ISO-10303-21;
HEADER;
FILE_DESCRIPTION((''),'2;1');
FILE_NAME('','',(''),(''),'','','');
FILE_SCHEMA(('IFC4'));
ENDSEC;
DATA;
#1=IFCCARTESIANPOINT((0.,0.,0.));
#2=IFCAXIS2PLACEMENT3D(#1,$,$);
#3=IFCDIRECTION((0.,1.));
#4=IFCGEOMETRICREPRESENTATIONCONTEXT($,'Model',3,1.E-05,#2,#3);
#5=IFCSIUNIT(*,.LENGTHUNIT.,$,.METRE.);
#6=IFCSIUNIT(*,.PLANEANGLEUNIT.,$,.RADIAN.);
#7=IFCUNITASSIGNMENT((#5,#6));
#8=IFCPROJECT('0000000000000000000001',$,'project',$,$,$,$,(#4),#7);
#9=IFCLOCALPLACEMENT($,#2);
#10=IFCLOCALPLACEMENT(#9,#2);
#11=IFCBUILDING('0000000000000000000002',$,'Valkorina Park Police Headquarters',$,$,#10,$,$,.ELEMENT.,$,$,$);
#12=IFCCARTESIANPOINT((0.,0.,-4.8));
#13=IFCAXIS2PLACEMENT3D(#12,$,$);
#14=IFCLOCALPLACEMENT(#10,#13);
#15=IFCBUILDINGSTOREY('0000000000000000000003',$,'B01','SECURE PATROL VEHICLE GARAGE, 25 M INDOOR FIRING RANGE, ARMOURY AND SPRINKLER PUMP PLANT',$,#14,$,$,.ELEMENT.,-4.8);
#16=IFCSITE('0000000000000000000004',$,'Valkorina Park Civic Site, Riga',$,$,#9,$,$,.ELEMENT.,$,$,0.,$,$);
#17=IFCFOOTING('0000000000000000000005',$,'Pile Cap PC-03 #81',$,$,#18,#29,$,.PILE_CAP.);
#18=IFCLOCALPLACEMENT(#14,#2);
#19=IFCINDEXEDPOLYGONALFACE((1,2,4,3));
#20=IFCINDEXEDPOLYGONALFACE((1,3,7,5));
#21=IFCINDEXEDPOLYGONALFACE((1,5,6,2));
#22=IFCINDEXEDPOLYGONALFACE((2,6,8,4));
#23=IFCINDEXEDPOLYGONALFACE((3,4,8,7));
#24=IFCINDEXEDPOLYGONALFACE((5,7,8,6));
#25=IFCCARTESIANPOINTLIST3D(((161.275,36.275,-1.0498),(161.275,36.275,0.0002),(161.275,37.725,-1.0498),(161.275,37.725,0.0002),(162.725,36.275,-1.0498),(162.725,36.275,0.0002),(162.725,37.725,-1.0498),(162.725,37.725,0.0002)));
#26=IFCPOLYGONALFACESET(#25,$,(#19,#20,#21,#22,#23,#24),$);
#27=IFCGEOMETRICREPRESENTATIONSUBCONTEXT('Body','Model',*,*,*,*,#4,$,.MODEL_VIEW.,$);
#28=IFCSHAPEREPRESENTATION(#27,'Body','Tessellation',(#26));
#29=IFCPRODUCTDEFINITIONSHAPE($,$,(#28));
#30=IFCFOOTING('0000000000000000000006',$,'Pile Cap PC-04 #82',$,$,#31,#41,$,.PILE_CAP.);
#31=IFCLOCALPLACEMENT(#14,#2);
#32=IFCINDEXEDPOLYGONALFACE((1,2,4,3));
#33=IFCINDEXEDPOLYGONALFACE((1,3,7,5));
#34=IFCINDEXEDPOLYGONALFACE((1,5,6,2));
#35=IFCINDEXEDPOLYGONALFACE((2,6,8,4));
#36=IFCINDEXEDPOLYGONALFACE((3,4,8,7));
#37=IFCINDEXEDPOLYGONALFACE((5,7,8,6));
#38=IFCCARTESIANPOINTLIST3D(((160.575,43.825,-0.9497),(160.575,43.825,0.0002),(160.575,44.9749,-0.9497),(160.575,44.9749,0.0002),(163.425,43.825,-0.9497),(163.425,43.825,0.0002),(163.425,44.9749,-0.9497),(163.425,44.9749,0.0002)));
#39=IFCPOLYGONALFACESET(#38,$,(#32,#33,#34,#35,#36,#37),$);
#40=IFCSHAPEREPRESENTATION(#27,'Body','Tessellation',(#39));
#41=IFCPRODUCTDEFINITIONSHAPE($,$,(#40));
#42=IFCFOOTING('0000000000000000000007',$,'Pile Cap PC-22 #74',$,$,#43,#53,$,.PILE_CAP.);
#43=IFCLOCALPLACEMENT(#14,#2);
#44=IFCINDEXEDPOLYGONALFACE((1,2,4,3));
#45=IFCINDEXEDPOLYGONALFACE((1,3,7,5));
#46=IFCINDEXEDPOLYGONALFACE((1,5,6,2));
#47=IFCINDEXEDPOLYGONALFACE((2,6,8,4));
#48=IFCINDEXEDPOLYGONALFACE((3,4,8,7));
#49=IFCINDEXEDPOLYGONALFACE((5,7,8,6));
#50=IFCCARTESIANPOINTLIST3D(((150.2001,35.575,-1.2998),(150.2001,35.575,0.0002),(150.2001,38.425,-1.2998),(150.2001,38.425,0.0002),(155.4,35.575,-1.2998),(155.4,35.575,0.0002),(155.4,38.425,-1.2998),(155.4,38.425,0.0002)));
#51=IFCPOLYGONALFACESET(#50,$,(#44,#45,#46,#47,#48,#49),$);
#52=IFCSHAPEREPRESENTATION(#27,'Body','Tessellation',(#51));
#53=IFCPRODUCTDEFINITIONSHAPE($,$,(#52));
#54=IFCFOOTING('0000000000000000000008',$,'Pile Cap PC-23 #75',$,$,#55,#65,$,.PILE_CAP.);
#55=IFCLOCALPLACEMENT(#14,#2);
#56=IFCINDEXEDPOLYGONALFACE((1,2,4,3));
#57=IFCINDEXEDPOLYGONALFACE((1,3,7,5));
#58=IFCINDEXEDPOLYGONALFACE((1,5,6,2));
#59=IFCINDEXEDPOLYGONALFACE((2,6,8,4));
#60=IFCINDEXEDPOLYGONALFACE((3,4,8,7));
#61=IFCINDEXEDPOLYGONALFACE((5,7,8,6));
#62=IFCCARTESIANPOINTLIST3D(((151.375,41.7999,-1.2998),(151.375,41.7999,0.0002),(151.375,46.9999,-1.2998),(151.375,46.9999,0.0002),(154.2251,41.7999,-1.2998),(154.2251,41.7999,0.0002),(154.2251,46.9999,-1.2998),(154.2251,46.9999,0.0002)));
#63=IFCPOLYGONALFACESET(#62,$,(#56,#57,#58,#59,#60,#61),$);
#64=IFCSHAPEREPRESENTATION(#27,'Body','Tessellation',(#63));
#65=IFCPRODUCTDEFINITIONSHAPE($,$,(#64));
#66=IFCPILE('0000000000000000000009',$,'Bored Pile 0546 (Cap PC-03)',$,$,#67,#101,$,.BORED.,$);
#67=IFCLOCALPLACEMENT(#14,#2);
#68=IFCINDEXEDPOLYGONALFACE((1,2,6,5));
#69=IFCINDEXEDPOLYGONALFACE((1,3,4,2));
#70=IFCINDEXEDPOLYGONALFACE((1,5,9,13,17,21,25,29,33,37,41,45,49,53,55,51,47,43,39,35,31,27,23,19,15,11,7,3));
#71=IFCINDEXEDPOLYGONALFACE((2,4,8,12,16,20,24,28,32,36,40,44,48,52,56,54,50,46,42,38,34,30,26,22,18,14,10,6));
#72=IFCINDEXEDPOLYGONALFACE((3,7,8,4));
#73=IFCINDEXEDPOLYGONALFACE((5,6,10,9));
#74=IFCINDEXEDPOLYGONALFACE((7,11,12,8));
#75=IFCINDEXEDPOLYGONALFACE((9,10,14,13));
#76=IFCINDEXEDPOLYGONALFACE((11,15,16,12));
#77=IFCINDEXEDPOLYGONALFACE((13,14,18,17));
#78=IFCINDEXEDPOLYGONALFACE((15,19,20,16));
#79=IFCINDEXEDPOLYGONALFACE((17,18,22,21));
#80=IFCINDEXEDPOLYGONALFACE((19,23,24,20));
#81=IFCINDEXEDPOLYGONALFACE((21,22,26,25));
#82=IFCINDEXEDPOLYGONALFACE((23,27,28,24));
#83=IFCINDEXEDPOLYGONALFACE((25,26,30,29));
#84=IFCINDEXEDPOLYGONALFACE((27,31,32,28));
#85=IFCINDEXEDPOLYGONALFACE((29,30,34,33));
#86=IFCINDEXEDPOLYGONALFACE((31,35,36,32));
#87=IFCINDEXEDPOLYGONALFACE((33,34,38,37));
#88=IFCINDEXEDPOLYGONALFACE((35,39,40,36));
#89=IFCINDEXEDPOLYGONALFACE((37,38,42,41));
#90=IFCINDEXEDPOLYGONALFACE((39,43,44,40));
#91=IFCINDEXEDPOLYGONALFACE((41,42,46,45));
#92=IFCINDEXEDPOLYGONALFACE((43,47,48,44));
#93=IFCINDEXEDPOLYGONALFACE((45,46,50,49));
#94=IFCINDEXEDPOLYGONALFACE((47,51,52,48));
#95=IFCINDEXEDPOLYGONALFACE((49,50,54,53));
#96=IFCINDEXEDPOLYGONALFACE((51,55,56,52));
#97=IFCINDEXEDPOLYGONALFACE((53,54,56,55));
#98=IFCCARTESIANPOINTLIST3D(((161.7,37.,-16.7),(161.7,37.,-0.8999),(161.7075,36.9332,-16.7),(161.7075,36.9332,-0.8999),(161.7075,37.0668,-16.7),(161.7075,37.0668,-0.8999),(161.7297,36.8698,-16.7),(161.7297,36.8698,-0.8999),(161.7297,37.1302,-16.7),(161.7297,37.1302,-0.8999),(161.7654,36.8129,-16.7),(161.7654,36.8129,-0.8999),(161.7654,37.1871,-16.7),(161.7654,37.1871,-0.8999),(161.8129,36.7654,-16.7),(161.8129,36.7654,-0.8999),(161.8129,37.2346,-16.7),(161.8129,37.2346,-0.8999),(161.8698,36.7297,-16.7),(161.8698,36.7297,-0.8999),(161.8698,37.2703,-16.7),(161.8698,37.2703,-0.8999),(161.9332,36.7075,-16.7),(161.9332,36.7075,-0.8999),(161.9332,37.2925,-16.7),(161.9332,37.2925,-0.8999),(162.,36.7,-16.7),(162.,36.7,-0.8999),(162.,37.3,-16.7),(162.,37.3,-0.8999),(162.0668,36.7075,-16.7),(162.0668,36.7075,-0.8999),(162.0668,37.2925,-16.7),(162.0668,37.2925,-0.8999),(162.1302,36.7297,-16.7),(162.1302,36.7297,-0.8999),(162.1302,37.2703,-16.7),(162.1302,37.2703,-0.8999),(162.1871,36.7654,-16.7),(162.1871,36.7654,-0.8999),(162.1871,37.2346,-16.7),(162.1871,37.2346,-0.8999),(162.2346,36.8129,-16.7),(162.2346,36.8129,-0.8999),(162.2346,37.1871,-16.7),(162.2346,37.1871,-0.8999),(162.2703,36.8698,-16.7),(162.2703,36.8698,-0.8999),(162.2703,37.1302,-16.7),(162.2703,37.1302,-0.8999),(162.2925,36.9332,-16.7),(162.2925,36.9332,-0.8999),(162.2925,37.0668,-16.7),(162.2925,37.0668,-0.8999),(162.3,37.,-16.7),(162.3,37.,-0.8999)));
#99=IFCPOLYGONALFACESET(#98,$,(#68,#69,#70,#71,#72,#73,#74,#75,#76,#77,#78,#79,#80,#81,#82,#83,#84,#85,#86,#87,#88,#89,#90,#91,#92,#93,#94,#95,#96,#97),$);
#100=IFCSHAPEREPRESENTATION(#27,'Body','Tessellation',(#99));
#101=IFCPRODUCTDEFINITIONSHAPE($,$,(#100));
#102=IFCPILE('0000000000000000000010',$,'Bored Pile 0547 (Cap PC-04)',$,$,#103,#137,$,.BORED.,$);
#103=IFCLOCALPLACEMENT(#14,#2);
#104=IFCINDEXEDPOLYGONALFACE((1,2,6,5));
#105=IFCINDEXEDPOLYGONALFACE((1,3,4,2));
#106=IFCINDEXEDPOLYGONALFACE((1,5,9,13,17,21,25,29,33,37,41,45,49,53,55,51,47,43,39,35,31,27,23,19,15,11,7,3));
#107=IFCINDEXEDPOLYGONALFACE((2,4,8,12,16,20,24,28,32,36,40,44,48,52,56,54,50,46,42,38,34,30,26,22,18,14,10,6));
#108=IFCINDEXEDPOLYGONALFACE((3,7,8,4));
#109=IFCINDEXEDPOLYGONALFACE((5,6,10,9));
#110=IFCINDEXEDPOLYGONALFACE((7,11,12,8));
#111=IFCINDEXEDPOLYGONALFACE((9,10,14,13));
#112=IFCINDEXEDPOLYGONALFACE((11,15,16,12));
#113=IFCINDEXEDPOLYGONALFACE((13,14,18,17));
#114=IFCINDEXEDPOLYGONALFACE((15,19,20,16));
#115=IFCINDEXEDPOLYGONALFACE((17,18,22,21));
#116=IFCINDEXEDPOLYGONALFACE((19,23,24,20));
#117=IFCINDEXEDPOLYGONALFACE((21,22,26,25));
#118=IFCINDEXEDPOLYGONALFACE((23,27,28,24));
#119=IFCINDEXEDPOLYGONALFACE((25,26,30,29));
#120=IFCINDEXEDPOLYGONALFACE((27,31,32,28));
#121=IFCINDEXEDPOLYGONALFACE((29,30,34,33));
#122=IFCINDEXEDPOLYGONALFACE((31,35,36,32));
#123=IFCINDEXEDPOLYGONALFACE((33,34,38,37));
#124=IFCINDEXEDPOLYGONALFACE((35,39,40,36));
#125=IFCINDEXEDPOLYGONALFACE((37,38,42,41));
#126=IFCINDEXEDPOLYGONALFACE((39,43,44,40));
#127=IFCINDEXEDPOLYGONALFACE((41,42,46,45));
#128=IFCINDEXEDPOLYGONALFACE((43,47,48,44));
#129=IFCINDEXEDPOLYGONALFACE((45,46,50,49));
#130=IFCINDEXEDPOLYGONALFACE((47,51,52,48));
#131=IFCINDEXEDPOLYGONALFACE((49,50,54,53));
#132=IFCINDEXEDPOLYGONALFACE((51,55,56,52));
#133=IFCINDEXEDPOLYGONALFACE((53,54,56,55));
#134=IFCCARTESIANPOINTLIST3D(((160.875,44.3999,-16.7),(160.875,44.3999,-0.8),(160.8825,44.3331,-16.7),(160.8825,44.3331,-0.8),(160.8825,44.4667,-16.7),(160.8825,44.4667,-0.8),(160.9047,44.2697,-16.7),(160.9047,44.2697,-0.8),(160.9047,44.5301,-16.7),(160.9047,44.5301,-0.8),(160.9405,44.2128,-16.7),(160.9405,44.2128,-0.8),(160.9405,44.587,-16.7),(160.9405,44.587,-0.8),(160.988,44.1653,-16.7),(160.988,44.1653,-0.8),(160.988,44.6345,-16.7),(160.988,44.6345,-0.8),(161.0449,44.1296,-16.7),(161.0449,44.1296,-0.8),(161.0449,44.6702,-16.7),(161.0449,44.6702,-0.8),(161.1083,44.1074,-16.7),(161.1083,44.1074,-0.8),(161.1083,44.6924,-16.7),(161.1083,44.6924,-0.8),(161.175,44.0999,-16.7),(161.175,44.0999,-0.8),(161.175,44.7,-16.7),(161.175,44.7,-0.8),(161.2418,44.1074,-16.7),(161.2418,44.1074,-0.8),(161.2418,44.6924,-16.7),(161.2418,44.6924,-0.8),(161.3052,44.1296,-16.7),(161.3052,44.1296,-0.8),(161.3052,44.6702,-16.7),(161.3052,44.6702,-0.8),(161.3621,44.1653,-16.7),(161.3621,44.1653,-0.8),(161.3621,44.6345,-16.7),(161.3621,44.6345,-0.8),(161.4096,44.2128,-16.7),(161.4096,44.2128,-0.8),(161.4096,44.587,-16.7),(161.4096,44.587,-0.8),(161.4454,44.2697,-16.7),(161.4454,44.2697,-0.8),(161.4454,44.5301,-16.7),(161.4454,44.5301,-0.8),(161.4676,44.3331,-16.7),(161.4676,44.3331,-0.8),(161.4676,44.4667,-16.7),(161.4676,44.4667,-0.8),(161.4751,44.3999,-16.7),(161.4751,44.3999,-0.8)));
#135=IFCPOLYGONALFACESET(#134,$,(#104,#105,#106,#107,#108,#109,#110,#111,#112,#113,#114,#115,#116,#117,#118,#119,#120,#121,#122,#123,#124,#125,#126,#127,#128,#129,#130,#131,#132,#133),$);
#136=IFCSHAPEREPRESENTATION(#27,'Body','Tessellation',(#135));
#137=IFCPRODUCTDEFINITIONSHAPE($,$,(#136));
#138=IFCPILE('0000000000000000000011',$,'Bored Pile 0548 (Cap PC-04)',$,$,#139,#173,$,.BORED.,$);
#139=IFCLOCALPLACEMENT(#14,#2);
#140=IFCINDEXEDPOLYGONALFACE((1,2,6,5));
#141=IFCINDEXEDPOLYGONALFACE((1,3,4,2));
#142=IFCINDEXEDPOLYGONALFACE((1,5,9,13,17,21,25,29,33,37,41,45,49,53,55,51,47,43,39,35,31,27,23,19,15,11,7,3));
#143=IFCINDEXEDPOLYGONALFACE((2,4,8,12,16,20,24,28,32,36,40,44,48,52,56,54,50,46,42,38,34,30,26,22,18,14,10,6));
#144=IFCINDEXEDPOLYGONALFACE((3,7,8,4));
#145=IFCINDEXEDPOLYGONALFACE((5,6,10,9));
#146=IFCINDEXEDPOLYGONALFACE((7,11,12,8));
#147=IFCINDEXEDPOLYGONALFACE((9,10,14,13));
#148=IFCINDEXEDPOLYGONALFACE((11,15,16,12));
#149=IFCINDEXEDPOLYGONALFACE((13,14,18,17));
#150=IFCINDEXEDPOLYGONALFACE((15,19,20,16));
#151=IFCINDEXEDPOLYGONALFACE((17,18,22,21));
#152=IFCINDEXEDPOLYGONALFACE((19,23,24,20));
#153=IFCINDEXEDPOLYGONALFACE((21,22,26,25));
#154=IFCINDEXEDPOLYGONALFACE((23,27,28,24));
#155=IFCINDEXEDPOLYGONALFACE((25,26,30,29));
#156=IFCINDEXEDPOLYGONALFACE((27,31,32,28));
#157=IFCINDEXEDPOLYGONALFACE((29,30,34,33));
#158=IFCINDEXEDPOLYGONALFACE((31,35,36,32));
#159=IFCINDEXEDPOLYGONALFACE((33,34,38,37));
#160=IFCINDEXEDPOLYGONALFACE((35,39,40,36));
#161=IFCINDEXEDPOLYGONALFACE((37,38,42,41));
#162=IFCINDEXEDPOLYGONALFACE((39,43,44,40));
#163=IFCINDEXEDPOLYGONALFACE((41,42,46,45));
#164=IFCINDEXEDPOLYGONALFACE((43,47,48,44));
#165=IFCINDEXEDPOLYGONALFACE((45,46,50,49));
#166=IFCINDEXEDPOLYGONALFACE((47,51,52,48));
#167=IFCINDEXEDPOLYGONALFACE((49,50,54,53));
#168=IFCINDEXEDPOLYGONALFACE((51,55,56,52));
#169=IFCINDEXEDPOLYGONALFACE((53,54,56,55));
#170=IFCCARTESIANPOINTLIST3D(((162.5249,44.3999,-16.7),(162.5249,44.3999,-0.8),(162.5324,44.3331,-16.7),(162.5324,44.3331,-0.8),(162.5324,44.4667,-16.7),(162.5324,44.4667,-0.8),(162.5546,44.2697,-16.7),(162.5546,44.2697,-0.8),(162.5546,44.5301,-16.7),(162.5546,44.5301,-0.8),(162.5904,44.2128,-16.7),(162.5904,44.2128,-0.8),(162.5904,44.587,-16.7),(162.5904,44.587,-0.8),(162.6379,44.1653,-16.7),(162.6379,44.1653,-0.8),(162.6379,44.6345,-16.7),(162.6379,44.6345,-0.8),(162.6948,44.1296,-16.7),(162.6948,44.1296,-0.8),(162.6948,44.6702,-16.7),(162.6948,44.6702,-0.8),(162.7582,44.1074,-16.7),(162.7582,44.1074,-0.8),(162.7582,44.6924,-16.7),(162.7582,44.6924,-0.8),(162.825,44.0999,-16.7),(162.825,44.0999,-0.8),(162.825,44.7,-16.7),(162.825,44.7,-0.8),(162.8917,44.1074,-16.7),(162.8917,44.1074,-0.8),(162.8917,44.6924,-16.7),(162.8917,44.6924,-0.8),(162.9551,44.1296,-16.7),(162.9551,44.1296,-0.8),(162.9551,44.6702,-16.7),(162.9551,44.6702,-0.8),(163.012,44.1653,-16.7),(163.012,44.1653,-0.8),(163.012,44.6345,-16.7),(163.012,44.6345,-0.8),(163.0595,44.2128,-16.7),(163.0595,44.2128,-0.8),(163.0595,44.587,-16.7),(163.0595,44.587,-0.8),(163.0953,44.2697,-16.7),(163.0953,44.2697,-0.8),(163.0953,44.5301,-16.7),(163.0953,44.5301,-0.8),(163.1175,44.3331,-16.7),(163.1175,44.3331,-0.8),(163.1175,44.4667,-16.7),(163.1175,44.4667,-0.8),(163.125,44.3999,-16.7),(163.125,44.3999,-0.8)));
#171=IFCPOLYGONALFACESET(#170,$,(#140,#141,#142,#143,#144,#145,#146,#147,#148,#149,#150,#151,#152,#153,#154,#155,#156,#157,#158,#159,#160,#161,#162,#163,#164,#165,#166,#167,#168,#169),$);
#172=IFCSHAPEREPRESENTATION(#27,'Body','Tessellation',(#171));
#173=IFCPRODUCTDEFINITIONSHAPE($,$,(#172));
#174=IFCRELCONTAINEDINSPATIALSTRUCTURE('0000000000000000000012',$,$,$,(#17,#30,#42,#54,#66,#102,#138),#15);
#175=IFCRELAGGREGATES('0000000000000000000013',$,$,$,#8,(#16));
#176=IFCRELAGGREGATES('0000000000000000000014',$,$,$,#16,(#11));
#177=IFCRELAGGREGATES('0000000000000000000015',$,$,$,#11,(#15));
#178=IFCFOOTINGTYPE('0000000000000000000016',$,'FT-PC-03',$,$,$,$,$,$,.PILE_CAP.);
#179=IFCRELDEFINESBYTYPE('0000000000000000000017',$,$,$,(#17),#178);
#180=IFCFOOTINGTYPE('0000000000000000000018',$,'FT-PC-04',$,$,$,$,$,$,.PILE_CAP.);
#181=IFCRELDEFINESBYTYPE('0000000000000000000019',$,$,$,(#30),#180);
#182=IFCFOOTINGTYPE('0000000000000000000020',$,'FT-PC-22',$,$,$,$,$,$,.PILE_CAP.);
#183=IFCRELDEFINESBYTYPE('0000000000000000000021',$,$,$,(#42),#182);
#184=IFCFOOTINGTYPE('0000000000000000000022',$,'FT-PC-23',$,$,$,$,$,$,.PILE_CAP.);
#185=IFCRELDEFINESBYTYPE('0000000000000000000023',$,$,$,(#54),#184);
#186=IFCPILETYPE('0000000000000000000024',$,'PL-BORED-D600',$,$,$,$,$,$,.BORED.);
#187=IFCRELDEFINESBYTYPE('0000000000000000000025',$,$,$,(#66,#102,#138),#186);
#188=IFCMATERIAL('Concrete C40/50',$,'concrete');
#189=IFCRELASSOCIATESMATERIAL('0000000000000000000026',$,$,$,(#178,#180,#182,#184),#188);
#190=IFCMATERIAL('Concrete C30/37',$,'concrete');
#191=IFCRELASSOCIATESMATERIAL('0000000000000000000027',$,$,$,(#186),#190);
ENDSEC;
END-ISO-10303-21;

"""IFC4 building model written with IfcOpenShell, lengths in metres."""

from ifc_helpers import new_model, si_unit, direction, frame, origin, origin_2d, place, context, subcontext, project, spatial, rectangle, circle, extrude, material, material_profile, profile_set, type_object, element, save


model = new_model("IFC4")

# Units and contexts
model_context = context("Model", 3, precision=1e-05, world=origin(), true_north=direction((0.0, 1.0)))
body_context = subcontext(model_context, "Body", "Model", "MODEL_VIEW")
ifc_project = project(units=[si_unit("LENGTHUNIT", "METRE"), si_unit("PLANEANGLEUNIT", "RADIAN")], contexts=[model_context])

# Site, building, storey
site_placement = place(None, origin())
site = spatial("IfcSite", under=ifc_project, at=site_placement, Name="Valkorina Park Civic Site, Riga", CompositionType="ELEMENT", RefElevation=0.0)
building_placement = place(site_placement, origin())
building = spatial("IfcBuilding", under=site, at=building_placement, Name="Valkorina Park Police Headquarters", CompositionType="ELEMENT")
storey_placement = place(building_placement, frame((0.0, 0.0, -4.8)))
storey = spatial("IfcBuildingStorey", under=building, at=storey_placement, Name="B01", Description="SECURE PATROL VEHICLE GARAGE, 25 M INDOOR FIRING RANGE, ARMOURY AND SPRINKLER PUMP PLANT", CompositionType="ELEMENT", Elevation=-4.8)

# Footings
ifc_material_1 = material(Name="Concrete C40/50", Category="concrete")
footing_type_1 = type_object("IfcFootingType", Name="FT-PC-03", PredefinedType="PILE_CAP", material=ifc_material_1)
footing_1_placement = place(storey_placement, frame((162.0, 37.0, -1.0498), z_axis=(0.0, 0.0, 1.0), x_axis=(1.0, 0.0, 0.0)))
element("IfcFooting", 1, at=footing_1_placement, inside=storey, type_object=footing_type_1, Name="Pile Cap PC-03 #81", PredefinedType="PILE_CAP", context=body_context, shape_type="SweptSolid", body=[
    extrude(rectangle(XDim=1.45, YDim=1.45, at=origin_2d()), origin(), (0.0, 0.0, 1.0), 1.05),
])
footing_type_2 = type_object("IfcFootingType", Name="FT-PC-04", PredefinedType="PILE_CAP", material=ifc_material_1)
footing_2_placement = place(storey_placement, frame((162.0, 44.3999, -0.9497), z_axis=(0.0, 0.0, 1.0), x_axis=(1.0, 0.0, 0.0)))
element("IfcFooting", 2, at=footing_2_placement, inside=storey, type_object=footing_type_2, Name="Pile Cap PC-04 #82", PredefinedType="PILE_CAP", context=body_context, shape_type="SweptSolid", body=[
    extrude(rectangle(XDim=2.8501, YDim=1.1499, at=origin_2d()), origin(), (0.0, 0.0, 1.0), 0.95),
])
footing_type_3 = type_object("IfcFootingType", Name="FT-PC-22", PredefinedType="PILE_CAP", material=ifc_material_1)
footing_3_placement = place(storey_placement, frame((152.8, 37.0, -1.2998), z_axis=(0.0, 0.0, 1.0), x_axis=(1.0, 0.0, 0.0)))
element("IfcFooting", 3, at=footing_3_placement, inside=storey, type_object=footing_type_3, Name="Pile Cap PC-22 #74", PredefinedType="PILE_CAP", context=body_context, shape_type="SweptSolid", body=[
    extrude(rectangle(XDim=5.2, YDim=2.8501, at=origin_2d()), origin(), (0.0, 0.0, 1.0), 1.3),
])
footing_type_4 = type_object("IfcFootingType", Name="FT-PC-23", PredefinedType="PILE_CAP", material=ifc_material_1)
footing_4_placement = place(storey_placement, frame((152.8, 44.3999, -1.2998), z_axis=(0.0, 0.0, 1.0), x_axis=(1.0, 0.0, 0.0)))
element("IfcFooting", 4, at=footing_4_placement, inside=storey, type_object=footing_type_4, Name="Pile Cap PC-23 #75", PredefinedType="PILE_CAP", context=body_context, shape_type="SweptSolid", body=[
    extrude(rectangle(XDim=2.8501, YDim=5.2, at=origin_2d()), origin(), (0.0, 0.0, 1.0), 1.3),
])

# Piles
ifc_material_2 = material(Name="Concrete C30/37", Category="concrete")
ifc_material_profile_1 = material_profile(ifc_material_2, circle(Radius=0.3, at=origin_2d()), Name="BORED PILE D600")
ifc_profile_set_1 = profile_set([ifc_material_profile_1], Name="Concrete C30/37")
pile_type_1 = type_object("IfcPileType", Name="PL-BORED-D600", PredefinedType="BORED", material=ifc_profile_set_1)
pile_placement = place(storey_placement, frame((162.0, 37.0, -0.8999), z_axis=(0.0, 0.0, -1.0), x_axis=(1.0, 0.0, 0.0)))
element("IfcPile", 5, at=pile_placement, inside=storey, type_object=pile_type_1, Name="Bored Pile 0546 (Cap PC-03)", PredefinedType="BORED", context=body_context, shape_type="SweptSolid", body=[
    extrude(circle(Radius=0.3, at=origin_2d()), origin(), (0.0, 0.0, 1.0), 15.8),
])
for number, where, z_axis, x_axis, name in (
    (6, (161.175, 44.3999, -0.8), (0.0, 0.0, -1.0), (1.0, 0.0, 0.0), "Bored Pile 0547 (Cap PC-04)"),
    (7, (162.825, 44.3999, -0.8), (0.0, 0.0, -1.0), (1.0, 0.0, 0.0), "Bored Pile 0548 (Cap PC-04)"),
):
    element("IfcPile", number, at=place(storey_placement, frame(where, z_axis=z_axis, x_axis=x_axis)), inside=storey, type_object=pile_type_1, Name=name, PredefinedType="BORED", context=body_context, shape_type="SweptSolid", body=[
        extrude(circle(Radius=0.3, at=origin_2d()), origin(), (0.0, 0.0, 1.0), 15.8999),
    ])

save(model, "model.ifc")
